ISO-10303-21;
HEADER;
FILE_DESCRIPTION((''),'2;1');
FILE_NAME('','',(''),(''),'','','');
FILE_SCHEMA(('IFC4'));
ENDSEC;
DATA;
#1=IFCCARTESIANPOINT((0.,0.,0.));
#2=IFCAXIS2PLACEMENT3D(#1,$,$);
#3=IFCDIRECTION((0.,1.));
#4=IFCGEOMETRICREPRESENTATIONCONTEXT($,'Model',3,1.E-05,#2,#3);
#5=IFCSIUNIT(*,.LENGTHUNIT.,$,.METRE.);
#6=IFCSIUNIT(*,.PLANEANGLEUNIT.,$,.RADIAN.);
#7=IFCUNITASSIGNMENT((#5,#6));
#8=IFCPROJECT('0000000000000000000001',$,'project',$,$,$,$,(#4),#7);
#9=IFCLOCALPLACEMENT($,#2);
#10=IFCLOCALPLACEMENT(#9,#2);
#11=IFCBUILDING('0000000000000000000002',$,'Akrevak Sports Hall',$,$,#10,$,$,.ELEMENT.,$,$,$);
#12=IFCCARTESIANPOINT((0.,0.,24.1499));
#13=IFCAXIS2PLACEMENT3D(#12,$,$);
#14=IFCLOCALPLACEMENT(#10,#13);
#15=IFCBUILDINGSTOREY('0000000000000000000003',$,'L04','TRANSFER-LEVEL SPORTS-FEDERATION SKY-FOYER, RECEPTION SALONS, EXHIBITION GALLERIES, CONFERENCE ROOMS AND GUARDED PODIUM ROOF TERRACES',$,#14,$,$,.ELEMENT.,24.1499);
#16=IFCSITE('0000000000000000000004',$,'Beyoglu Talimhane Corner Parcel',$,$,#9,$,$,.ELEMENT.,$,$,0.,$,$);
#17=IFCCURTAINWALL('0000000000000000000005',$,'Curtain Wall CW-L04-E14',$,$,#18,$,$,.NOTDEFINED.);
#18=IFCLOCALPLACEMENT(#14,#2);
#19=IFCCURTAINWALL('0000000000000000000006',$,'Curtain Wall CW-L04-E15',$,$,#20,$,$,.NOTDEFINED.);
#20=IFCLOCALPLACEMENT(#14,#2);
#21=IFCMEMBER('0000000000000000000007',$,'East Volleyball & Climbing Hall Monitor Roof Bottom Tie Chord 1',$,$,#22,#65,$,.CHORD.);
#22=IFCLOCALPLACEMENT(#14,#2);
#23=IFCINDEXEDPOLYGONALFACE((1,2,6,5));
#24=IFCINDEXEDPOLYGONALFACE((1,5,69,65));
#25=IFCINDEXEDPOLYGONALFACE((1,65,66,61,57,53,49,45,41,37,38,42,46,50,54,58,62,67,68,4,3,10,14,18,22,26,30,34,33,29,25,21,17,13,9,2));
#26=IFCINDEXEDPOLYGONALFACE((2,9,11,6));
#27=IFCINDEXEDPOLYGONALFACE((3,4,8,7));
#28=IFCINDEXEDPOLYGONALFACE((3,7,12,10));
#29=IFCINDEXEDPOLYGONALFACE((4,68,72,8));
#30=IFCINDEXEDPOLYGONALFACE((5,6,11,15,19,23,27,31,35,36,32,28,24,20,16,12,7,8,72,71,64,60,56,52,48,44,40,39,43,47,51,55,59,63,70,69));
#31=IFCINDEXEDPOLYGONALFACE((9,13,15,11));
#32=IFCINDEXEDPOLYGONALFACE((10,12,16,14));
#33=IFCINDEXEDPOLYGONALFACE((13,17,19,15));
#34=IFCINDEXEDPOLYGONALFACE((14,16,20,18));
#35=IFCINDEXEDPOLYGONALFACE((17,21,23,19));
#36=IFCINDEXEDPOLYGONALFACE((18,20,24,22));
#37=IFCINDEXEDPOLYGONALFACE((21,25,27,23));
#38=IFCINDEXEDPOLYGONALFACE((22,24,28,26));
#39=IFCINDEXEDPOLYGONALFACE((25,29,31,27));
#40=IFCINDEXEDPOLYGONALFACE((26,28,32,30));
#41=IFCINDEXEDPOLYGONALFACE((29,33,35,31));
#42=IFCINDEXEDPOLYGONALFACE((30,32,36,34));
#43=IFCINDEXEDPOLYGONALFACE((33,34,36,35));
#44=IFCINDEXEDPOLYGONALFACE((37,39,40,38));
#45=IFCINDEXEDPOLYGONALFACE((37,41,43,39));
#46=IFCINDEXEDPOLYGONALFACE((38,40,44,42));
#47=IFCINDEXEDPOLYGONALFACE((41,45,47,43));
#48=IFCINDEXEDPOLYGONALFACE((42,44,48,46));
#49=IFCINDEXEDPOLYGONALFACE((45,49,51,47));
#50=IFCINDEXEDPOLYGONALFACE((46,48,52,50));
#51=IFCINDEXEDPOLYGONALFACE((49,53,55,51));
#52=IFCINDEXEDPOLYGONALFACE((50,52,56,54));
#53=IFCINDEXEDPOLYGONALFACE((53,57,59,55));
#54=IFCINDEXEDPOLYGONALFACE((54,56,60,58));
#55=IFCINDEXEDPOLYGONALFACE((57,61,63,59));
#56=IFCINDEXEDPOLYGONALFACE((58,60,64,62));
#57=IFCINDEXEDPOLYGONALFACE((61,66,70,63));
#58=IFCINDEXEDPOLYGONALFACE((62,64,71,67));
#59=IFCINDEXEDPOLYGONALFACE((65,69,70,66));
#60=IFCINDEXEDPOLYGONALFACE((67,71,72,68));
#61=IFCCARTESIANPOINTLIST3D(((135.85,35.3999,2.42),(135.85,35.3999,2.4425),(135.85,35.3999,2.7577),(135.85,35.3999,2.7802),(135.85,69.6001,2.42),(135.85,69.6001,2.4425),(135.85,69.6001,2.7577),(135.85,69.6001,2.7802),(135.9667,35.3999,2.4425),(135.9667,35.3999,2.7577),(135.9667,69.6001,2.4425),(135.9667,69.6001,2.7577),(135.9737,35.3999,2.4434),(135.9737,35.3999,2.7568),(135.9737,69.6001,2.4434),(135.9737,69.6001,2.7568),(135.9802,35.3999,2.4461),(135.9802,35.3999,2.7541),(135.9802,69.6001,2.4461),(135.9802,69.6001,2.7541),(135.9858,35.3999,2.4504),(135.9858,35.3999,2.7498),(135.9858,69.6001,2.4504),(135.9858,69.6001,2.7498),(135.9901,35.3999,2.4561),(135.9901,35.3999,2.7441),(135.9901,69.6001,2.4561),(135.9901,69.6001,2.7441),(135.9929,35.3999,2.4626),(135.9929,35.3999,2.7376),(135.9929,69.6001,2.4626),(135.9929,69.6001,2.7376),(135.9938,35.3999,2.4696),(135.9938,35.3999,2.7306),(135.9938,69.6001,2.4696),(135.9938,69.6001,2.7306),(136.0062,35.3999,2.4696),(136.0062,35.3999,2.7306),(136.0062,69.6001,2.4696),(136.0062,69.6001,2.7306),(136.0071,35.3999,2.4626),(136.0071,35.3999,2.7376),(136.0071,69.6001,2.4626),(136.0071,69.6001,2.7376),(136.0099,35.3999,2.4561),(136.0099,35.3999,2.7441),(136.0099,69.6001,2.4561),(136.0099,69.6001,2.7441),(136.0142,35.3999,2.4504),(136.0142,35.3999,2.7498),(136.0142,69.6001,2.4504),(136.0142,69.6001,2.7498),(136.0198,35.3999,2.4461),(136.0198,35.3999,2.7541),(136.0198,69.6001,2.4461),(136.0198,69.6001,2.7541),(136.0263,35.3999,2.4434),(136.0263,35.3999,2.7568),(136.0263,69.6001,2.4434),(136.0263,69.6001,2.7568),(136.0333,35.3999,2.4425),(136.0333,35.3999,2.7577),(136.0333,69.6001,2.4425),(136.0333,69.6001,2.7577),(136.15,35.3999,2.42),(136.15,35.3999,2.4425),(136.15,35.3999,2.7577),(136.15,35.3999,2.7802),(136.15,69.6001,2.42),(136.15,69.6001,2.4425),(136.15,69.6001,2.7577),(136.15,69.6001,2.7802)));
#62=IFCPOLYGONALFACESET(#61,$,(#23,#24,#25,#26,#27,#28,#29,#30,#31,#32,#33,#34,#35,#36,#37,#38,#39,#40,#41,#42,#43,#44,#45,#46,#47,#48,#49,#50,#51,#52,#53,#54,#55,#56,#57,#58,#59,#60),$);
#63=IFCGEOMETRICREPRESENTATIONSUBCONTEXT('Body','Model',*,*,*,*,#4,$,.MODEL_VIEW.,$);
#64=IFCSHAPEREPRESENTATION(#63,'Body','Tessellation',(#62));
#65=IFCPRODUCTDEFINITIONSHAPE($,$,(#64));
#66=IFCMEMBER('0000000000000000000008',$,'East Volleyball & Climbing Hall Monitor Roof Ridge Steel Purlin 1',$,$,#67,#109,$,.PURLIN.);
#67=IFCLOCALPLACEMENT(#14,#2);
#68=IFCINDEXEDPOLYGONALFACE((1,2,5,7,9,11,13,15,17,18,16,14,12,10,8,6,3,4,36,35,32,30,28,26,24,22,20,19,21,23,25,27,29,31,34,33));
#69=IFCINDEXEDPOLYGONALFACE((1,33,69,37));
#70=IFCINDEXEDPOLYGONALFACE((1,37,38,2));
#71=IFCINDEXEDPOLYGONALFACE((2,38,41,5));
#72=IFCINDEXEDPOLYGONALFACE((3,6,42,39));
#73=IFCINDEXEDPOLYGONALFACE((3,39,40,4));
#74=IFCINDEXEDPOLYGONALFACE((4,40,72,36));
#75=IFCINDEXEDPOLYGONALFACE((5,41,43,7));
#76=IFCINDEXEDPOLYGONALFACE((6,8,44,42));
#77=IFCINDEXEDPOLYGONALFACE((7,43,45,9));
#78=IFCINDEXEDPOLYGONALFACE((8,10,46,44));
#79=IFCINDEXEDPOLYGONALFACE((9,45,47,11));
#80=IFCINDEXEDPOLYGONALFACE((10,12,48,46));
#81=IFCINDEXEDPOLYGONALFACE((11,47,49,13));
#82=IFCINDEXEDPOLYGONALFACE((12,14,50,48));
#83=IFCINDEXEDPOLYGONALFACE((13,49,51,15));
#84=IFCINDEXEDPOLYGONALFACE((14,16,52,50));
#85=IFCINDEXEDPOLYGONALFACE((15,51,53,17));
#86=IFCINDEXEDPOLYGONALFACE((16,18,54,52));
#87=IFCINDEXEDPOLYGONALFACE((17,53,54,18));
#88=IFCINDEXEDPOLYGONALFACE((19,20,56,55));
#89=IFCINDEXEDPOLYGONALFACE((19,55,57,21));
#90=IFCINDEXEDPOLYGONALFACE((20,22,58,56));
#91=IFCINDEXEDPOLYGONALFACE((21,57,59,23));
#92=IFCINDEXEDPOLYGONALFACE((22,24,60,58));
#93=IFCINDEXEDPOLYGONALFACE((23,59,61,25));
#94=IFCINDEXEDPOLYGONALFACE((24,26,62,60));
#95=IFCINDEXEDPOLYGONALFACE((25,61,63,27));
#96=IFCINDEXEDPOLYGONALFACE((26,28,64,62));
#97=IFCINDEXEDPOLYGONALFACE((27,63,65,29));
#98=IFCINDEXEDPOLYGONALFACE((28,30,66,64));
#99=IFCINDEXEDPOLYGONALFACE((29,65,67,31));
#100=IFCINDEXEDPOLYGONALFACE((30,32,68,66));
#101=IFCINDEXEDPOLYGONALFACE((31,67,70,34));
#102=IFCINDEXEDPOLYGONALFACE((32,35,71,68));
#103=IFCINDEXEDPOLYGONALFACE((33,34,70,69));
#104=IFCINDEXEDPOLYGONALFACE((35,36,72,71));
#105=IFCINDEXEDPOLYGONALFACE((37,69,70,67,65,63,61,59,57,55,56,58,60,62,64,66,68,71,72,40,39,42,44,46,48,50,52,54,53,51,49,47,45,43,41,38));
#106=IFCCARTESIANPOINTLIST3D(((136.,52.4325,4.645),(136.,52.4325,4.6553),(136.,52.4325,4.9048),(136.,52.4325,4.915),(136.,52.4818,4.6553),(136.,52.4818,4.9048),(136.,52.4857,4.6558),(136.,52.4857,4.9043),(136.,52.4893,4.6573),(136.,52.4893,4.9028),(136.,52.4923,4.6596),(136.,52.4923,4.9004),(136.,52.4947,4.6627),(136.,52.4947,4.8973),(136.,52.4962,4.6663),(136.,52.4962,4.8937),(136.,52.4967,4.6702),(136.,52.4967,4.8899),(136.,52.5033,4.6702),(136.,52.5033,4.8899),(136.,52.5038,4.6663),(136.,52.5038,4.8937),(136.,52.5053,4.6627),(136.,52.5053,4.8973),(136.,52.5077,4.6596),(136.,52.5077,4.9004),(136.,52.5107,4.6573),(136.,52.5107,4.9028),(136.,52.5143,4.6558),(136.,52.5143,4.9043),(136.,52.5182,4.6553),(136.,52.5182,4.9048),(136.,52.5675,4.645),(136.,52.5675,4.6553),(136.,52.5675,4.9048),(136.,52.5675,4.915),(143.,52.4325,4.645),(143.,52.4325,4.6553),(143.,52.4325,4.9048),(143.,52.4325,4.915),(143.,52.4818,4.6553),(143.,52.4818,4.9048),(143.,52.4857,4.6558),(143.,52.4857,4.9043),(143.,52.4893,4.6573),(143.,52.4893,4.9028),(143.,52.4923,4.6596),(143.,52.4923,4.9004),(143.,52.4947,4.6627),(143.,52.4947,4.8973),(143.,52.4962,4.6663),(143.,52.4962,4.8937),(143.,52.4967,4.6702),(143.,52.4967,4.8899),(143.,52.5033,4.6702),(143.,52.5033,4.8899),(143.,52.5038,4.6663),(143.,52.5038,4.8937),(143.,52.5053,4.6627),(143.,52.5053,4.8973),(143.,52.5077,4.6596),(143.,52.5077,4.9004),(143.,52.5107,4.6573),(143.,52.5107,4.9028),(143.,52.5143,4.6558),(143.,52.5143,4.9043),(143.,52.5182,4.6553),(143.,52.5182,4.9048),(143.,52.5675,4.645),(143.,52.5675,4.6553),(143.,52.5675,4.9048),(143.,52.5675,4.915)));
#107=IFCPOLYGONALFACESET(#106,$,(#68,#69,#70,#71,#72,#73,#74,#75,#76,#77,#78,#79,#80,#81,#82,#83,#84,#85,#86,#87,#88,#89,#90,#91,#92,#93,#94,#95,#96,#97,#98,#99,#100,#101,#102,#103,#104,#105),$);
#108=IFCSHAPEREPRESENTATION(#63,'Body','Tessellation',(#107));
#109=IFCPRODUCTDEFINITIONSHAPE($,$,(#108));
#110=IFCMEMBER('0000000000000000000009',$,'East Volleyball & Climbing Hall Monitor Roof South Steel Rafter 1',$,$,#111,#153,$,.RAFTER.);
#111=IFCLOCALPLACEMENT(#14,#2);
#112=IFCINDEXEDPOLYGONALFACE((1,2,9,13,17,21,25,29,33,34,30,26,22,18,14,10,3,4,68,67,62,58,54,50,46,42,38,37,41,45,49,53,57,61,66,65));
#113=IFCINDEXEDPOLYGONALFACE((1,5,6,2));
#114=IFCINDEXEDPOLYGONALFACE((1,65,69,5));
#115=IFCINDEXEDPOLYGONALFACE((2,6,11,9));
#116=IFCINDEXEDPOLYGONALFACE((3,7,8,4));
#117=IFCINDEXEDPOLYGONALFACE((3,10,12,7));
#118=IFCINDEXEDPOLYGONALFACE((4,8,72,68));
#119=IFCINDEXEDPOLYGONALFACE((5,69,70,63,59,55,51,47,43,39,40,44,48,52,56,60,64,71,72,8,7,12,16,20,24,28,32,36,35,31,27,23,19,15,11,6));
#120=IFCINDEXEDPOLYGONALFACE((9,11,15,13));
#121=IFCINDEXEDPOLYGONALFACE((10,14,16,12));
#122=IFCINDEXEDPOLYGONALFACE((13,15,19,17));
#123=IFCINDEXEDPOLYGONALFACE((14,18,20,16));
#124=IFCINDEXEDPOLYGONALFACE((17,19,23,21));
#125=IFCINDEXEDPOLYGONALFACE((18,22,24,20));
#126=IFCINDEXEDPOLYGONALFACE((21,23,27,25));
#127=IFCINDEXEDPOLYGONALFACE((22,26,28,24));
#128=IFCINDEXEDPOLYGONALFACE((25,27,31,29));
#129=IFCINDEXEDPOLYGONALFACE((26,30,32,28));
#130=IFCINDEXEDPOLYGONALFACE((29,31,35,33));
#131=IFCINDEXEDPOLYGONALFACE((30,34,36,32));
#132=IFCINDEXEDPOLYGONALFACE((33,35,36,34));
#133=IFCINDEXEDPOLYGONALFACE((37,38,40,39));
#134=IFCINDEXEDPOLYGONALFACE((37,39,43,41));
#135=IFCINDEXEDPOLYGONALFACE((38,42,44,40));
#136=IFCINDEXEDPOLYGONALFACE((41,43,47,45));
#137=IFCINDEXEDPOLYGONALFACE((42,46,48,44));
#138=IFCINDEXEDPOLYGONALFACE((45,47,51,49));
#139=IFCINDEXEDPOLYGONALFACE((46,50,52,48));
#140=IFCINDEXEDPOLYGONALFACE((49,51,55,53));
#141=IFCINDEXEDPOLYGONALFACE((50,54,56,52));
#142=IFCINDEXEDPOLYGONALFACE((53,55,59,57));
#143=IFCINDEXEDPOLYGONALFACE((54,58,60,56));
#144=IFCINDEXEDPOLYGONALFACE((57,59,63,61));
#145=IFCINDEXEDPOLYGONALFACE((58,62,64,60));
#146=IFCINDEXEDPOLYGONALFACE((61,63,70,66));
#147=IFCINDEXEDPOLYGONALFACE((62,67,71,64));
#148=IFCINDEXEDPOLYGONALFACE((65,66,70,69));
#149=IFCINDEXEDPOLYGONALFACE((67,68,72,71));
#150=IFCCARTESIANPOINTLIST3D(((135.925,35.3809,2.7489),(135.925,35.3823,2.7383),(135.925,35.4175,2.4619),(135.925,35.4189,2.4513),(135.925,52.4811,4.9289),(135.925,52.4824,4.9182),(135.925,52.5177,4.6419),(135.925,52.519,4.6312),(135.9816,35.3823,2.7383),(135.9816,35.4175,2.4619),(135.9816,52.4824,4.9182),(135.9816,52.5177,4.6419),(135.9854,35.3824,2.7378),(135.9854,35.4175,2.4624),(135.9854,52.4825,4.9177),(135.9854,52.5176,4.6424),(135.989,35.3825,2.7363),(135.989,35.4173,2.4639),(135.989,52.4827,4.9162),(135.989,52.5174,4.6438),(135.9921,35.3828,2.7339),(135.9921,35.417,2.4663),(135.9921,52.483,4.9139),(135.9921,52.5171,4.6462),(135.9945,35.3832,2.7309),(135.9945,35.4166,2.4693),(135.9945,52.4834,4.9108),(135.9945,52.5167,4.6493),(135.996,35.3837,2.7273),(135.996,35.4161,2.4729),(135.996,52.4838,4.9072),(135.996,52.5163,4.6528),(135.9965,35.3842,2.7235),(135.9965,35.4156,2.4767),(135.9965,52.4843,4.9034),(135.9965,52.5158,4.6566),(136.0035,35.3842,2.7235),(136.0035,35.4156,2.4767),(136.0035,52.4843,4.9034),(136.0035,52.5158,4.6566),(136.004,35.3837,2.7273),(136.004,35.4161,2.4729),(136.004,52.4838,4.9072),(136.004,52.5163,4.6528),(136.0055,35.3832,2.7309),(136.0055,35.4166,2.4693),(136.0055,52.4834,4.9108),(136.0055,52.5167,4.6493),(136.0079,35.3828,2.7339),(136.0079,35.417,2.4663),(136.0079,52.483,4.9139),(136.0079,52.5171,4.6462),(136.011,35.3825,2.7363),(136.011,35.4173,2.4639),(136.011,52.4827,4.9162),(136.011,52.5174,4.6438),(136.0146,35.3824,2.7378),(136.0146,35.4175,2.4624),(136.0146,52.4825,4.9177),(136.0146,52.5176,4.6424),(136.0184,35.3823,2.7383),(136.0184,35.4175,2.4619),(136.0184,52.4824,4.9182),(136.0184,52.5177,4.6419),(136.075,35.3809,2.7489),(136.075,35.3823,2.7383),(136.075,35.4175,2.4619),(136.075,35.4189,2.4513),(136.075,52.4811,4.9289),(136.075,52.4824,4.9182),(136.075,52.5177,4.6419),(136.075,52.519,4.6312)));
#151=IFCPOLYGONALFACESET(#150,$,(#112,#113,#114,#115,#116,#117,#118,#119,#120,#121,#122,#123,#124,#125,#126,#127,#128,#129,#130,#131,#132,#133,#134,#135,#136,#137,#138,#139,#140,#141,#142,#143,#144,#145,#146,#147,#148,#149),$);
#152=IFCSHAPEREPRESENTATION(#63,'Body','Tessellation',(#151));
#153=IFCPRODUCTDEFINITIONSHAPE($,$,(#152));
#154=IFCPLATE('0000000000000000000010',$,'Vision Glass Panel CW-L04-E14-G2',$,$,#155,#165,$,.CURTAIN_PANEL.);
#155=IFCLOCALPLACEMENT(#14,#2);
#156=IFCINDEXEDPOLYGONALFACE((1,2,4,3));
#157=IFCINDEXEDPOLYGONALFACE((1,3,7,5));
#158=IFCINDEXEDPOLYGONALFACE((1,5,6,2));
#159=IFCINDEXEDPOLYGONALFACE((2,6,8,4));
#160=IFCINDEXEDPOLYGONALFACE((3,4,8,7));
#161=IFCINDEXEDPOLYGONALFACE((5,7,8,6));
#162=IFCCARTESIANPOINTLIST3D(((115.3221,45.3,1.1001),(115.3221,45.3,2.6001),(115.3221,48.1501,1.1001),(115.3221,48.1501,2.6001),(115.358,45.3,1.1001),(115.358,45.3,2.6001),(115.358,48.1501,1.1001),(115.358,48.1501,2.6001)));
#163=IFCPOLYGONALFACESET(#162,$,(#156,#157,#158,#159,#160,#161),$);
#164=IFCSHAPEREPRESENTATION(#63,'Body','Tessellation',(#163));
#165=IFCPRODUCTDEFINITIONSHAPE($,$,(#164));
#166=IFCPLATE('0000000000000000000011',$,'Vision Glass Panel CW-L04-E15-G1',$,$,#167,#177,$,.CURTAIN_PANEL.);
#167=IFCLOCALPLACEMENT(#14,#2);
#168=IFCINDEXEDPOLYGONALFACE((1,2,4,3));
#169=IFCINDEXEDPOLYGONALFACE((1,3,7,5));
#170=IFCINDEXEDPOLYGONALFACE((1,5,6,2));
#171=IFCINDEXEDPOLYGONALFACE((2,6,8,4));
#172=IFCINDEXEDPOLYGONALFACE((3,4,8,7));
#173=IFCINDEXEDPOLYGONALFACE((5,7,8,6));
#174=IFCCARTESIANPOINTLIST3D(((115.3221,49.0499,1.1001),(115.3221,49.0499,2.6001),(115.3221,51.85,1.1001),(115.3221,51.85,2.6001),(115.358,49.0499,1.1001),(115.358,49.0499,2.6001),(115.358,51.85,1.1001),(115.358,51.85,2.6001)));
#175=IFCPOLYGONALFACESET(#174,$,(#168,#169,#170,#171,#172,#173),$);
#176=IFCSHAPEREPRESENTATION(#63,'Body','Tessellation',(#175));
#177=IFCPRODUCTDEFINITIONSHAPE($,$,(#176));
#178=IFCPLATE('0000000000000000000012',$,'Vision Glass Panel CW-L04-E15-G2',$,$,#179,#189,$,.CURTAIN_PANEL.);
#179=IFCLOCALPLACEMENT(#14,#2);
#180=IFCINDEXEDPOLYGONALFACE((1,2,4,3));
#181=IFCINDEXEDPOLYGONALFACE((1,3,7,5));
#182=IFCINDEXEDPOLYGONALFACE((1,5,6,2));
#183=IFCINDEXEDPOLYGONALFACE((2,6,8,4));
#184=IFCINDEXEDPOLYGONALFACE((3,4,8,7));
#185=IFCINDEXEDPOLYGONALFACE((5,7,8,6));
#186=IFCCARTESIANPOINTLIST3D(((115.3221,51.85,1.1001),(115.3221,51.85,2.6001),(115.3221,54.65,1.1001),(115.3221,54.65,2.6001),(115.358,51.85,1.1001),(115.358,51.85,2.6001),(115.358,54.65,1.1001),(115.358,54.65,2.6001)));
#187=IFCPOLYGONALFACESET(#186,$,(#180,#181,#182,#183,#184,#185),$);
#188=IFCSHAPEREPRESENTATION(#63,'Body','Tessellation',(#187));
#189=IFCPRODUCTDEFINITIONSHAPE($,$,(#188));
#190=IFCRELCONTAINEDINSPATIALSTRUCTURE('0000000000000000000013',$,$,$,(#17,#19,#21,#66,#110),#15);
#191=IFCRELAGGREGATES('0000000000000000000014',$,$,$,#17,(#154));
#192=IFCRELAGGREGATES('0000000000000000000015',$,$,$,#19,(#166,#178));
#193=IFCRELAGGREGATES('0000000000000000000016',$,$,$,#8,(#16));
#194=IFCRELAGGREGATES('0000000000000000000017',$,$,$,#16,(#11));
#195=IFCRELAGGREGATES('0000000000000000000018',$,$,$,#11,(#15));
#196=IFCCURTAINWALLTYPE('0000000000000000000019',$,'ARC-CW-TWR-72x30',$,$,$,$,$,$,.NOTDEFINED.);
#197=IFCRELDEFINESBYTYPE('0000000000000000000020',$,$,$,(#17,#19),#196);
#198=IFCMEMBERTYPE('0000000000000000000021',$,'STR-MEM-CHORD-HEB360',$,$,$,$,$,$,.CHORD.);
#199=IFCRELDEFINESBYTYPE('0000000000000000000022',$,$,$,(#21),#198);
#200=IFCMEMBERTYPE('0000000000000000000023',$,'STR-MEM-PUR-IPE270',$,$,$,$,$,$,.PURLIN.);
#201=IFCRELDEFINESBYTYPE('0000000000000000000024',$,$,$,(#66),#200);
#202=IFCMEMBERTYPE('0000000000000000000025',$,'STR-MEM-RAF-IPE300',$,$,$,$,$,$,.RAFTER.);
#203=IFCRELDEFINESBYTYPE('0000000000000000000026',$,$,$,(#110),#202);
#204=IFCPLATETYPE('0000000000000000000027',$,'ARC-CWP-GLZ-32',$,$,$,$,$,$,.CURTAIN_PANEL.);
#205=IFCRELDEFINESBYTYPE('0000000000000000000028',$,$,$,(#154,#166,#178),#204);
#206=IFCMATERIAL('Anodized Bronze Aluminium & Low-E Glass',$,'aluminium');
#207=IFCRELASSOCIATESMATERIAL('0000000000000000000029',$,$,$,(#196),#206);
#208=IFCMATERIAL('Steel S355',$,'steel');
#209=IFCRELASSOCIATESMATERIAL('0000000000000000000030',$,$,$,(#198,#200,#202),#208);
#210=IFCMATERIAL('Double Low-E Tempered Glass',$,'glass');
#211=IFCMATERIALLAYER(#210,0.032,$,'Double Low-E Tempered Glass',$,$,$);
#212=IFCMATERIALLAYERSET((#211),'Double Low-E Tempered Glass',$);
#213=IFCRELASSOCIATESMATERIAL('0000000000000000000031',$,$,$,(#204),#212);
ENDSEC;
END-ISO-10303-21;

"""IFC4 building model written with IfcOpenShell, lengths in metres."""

from ifc_helpers import new_model, si_unit, direction, frame, origin, origin_2d, place, context, subcontext, project, spatial, rectangle, i_section, extrude, material, layer, layer_set, material_profile, profile_set, type_object, element, aggregate, save


model = new_model("IFC4")

# Units and contexts
model_context = context("Model", 3, precision=1e-05, world=origin(), true_north=direction((0.0, 1.0)))
body_context = subcontext(model_context, "Body", "Model", "MODEL_VIEW")
ifc_project = project(units=[si_unit("LENGTHUNIT", "METRE"), si_unit("PLANEANGLEUNIT", "RADIAN")], contexts=[model_context])

# Site, building, storey
site_placement = place(None, origin())
site = spatial("IfcSite", under=ifc_project, at=site_placement, Name="Beyoglu Talimhane Corner Parcel", CompositionType="ELEMENT", RefElevation=0.0)
building_placement = place(site_placement, origin())
building = spatial("IfcBuilding", under=site, at=building_placement, Name="Akrevak Sports Hall", CompositionType="ELEMENT")
storey_placement = place(building_placement, frame((0.0, 0.0, 24.1499)))
storey = spatial("IfcBuildingStorey", under=building, at=storey_placement, Name="L04", Description="TRANSFER-LEVEL SPORTS-FEDERATION SKY-FOYER, RECEPTION SALONS, EXHIBITION GALLERIES, CONFERENCE ROOMS AND GUARDED PODIUM ROOF TERRACES", CompositionType="ELEMENT", Elevation=24.1499)

# Curtain walls
ifc_material_1 = material(Name="Anodized Bronze Aluminium & Low-E Glass", Category="aluminium")
curtain_wall_type = type_object("IfcCurtainWallType", Name="ARC-CW-TWR-72x30", PredefinedType="NOTDEFINED", material=ifc_material_1)
curtain_wall_1_placement = place(storey_placement, origin())
curtain_wall_1 = element("IfcCurtainWall", 1, at=curtain_wall_1_placement, inside=storey, type_object=curtain_wall_type, Name="Curtain Wall CW-L04-E14", PredefinedType="NOTDEFINED")
curtain_wall_2_placement = place(storey_placement, origin())
curtain_wall_2 = element("IfcCurtainWall", 2, at=curtain_wall_2_placement, inside=storey, type_object=curtain_wall_type, Name="Curtain Wall CW-L04-E15", PredefinedType="NOTDEFINED")

# Members
ifc_material_2 = material(Name="Steel S355", Category="steel")
ifc_material_profile_1 = material_profile(ifc_material_2, i_section(OverallWidth=0.3, OverallDepth=0.3601, WebThickness=0.0125, FlangeThickness=0.0225, FilletRadius=0.0271, at=origin_2d()), Name="HEB 360", Category="steel")
ifc_profile_set_1 = profile_set([ifc_material_profile_1], Name="Steel S355")
member_type_1 = type_object("IfcMemberType", Name="STR-MEM-CHORD-HEB360", PredefinedType="CHORD", material=ifc_profile_set_1)
member_1_placement = place(storey_placement, frame((136.0, 35.3999, 2.6001), z_axis=(0.0, 1.0, 0.0), x_axis=(-1.0, 0.0, 0.0)))
element("IfcMember", 3, at=member_1_placement, inside=storey, type_object=member_type_1, Name="East Volleyball & Climbing Hall Monitor Roof Bottom Tie Chord 1", PredefinedType="CHORD", context=body_context, shape_type="SweptSolid", body=[
    extrude(i_section(OverallWidth=0.3, OverallDepth=0.3601, WebThickness=0.0125, FlangeThickness=0.0225, FilletRadius=0.0271, at=origin_2d()), origin(), (0.0, 0.0, 1.0), 34.2002),
])
ifc_material_profile_2 = material_profile(ifc_material_2, i_section(OverallWidth=0.135, OverallDepth=0.27, WebThickness=0.0066, FlangeThickness=0.0103, FilletRadius=0.0149, at=origin_2d()), Name="IPE 270", Category="steel")
ifc_profile_set_2 = profile_set([ifc_material_profile_2], Name="Steel S355")
member_type_2 = type_object("IfcMemberType", Name="STR-MEM-PUR-IPE270", PredefinedType="PURLIN", material=ifc_profile_set_2)
member_2_placement = place(storey_placement, frame((136.0, 52.5, 4.78), z_axis=(1.0, 0.0, 0.0), x_axis=(0.0, 1.0, 0.0)))
element("IfcMember", 4, at=member_2_placement, inside=storey, type_object=member_type_2, Name="East Volleyball & Climbing Hall Monitor Roof Ridge Steel Purlin 1", PredefinedType="PURLIN", context=body_context, shape_type="SweptSolid", body=[
    extrude(i_section(OverallWidth=0.135, OverallDepth=0.27, WebThickness=0.0066, FlangeThickness=0.0103, FilletRadius=0.0149, at=origin_2d()), origin(), (0.0, 0.0, 1.0), 7.0),
])
ifc_material_profile_3 = material_profile(ifc_material_2, i_section(OverallWidth=0.1499, OverallDepth=0.3, WebThickness=0.0071, FlangeThickness=0.0107, FilletRadius=0.0149, at=origin_2d()), Name="IPE 300", Category="steel")
ifc_profile_set_3 = profile_set([ifc_material_profile_3], Name="Steel S355")
member_type_3 = type_object("IfcMemberType", Name="STR-MEM-RAF-IPE300", PredefinedType="RAFTER", material=ifc_profile_set_3)
member_3_placement = place(storey_placement, frame((136.0, 35.3999, 2.6001), z_axis=(0.0, 0.991972, 0.126457), x_axis=(-1.0, 0.0, 0.0)))
element("IfcMember", 5, at=member_3_placement, inside=storey, type_object=member_type_3, Name="East Volleyball & Climbing Hall Monitor Roof South Steel Rafter 1", PredefinedType="RAFTER", context=body_context, shape_type="SweptSolid", body=[
    extrude(i_section(OverallWidth=0.1499, OverallDepth=0.3, WebThickness=0.0071, FlangeThickness=0.0107, FilletRadius=0.0149, at=origin_2d()), origin(), (0.0, 0.0, 1.0), 17.2385),
])

# Plates
ifc_material_3 = material(Name="Double Low-E Tempered Glass", Category="glass")
ifc_layer_1 = layer(ifc_material_3, 0.032, Name="Double Low-E Tempered Glass")
ifc_layer_set_1 = layer_set([ifc_layer_1], Name="Double Low-E Tempered Glass")
plate_type_1 = type_object("IfcPlateType", Name="ARC-CWP-GLZ-32", PredefinedType="CURTAIN_PANEL", material=ifc_layer_set_1)
plate_1_placement = place(storey_placement, frame((115.3401, 46.7251, 1.1001), z_axis=(0.0, 0.0, 1.0), x_axis=(0.0, 1.0, 0.0)))
plate_1 = element("IfcPlate", 6, at=plate_1_placement, type_object=plate_type_1, Name="Vision Glass Panel CW-L04-E14-G2", PredefinedType="CURTAIN_PANEL", context=body_context, shape_type="SweptSolid", body=[
    extrude(rectangle(XDim=2.8501, YDim=0.0359, at=origin_2d()), origin(), (0.0, 0.0, 1.0), 1.5),
])
plate_2_placement = place(storey_placement, frame((115.3401, 50.45, 1.1001), z_axis=(0.0, 0.0, 1.0), x_axis=(0.0, 1.0, 0.0)))
plate_2 = element("IfcPlate", 7, at=plate_2_placement, type_object=plate_type_1, Name="Vision Glass Panel CW-L04-E15-G1", PredefinedType="CURTAIN_PANEL", context=body_context, shape_type="SweptSolid", body=[
    extrude(rectangle(XDim=2.8, YDim=0.0359, at=origin_2d()), origin(), (0.0, 0.0, 1.0), 1.5),
])
plate_3_placement = place(storey_placement, frame((115.3401, 53.25, 1.1001), z_axis=(0.0, 0.0, 1.0), x_axis=(0.0, 1.0, 0.0)))
plate_3 = element("IfcPlate", 8, at=plate_3_placement, type_object=plate_type_1, Name="Vision Glass Panel CW-L04-E15-G2", PredefinedType="CURTAIN_PANEL", context=body_context, shape_type="SweptSolid", body=[
    extrude(rectangle(XDim=2.8, YDim=0.0359, at=origin_2d()), origin(), (0.0, 0.0, 1.0), 1.5),
])
aggregate(curtain_wall_1, [plate_1])
aggregate(curtain_wall_2, [plate_2, plate_3])

save(model, "model.ifc")
